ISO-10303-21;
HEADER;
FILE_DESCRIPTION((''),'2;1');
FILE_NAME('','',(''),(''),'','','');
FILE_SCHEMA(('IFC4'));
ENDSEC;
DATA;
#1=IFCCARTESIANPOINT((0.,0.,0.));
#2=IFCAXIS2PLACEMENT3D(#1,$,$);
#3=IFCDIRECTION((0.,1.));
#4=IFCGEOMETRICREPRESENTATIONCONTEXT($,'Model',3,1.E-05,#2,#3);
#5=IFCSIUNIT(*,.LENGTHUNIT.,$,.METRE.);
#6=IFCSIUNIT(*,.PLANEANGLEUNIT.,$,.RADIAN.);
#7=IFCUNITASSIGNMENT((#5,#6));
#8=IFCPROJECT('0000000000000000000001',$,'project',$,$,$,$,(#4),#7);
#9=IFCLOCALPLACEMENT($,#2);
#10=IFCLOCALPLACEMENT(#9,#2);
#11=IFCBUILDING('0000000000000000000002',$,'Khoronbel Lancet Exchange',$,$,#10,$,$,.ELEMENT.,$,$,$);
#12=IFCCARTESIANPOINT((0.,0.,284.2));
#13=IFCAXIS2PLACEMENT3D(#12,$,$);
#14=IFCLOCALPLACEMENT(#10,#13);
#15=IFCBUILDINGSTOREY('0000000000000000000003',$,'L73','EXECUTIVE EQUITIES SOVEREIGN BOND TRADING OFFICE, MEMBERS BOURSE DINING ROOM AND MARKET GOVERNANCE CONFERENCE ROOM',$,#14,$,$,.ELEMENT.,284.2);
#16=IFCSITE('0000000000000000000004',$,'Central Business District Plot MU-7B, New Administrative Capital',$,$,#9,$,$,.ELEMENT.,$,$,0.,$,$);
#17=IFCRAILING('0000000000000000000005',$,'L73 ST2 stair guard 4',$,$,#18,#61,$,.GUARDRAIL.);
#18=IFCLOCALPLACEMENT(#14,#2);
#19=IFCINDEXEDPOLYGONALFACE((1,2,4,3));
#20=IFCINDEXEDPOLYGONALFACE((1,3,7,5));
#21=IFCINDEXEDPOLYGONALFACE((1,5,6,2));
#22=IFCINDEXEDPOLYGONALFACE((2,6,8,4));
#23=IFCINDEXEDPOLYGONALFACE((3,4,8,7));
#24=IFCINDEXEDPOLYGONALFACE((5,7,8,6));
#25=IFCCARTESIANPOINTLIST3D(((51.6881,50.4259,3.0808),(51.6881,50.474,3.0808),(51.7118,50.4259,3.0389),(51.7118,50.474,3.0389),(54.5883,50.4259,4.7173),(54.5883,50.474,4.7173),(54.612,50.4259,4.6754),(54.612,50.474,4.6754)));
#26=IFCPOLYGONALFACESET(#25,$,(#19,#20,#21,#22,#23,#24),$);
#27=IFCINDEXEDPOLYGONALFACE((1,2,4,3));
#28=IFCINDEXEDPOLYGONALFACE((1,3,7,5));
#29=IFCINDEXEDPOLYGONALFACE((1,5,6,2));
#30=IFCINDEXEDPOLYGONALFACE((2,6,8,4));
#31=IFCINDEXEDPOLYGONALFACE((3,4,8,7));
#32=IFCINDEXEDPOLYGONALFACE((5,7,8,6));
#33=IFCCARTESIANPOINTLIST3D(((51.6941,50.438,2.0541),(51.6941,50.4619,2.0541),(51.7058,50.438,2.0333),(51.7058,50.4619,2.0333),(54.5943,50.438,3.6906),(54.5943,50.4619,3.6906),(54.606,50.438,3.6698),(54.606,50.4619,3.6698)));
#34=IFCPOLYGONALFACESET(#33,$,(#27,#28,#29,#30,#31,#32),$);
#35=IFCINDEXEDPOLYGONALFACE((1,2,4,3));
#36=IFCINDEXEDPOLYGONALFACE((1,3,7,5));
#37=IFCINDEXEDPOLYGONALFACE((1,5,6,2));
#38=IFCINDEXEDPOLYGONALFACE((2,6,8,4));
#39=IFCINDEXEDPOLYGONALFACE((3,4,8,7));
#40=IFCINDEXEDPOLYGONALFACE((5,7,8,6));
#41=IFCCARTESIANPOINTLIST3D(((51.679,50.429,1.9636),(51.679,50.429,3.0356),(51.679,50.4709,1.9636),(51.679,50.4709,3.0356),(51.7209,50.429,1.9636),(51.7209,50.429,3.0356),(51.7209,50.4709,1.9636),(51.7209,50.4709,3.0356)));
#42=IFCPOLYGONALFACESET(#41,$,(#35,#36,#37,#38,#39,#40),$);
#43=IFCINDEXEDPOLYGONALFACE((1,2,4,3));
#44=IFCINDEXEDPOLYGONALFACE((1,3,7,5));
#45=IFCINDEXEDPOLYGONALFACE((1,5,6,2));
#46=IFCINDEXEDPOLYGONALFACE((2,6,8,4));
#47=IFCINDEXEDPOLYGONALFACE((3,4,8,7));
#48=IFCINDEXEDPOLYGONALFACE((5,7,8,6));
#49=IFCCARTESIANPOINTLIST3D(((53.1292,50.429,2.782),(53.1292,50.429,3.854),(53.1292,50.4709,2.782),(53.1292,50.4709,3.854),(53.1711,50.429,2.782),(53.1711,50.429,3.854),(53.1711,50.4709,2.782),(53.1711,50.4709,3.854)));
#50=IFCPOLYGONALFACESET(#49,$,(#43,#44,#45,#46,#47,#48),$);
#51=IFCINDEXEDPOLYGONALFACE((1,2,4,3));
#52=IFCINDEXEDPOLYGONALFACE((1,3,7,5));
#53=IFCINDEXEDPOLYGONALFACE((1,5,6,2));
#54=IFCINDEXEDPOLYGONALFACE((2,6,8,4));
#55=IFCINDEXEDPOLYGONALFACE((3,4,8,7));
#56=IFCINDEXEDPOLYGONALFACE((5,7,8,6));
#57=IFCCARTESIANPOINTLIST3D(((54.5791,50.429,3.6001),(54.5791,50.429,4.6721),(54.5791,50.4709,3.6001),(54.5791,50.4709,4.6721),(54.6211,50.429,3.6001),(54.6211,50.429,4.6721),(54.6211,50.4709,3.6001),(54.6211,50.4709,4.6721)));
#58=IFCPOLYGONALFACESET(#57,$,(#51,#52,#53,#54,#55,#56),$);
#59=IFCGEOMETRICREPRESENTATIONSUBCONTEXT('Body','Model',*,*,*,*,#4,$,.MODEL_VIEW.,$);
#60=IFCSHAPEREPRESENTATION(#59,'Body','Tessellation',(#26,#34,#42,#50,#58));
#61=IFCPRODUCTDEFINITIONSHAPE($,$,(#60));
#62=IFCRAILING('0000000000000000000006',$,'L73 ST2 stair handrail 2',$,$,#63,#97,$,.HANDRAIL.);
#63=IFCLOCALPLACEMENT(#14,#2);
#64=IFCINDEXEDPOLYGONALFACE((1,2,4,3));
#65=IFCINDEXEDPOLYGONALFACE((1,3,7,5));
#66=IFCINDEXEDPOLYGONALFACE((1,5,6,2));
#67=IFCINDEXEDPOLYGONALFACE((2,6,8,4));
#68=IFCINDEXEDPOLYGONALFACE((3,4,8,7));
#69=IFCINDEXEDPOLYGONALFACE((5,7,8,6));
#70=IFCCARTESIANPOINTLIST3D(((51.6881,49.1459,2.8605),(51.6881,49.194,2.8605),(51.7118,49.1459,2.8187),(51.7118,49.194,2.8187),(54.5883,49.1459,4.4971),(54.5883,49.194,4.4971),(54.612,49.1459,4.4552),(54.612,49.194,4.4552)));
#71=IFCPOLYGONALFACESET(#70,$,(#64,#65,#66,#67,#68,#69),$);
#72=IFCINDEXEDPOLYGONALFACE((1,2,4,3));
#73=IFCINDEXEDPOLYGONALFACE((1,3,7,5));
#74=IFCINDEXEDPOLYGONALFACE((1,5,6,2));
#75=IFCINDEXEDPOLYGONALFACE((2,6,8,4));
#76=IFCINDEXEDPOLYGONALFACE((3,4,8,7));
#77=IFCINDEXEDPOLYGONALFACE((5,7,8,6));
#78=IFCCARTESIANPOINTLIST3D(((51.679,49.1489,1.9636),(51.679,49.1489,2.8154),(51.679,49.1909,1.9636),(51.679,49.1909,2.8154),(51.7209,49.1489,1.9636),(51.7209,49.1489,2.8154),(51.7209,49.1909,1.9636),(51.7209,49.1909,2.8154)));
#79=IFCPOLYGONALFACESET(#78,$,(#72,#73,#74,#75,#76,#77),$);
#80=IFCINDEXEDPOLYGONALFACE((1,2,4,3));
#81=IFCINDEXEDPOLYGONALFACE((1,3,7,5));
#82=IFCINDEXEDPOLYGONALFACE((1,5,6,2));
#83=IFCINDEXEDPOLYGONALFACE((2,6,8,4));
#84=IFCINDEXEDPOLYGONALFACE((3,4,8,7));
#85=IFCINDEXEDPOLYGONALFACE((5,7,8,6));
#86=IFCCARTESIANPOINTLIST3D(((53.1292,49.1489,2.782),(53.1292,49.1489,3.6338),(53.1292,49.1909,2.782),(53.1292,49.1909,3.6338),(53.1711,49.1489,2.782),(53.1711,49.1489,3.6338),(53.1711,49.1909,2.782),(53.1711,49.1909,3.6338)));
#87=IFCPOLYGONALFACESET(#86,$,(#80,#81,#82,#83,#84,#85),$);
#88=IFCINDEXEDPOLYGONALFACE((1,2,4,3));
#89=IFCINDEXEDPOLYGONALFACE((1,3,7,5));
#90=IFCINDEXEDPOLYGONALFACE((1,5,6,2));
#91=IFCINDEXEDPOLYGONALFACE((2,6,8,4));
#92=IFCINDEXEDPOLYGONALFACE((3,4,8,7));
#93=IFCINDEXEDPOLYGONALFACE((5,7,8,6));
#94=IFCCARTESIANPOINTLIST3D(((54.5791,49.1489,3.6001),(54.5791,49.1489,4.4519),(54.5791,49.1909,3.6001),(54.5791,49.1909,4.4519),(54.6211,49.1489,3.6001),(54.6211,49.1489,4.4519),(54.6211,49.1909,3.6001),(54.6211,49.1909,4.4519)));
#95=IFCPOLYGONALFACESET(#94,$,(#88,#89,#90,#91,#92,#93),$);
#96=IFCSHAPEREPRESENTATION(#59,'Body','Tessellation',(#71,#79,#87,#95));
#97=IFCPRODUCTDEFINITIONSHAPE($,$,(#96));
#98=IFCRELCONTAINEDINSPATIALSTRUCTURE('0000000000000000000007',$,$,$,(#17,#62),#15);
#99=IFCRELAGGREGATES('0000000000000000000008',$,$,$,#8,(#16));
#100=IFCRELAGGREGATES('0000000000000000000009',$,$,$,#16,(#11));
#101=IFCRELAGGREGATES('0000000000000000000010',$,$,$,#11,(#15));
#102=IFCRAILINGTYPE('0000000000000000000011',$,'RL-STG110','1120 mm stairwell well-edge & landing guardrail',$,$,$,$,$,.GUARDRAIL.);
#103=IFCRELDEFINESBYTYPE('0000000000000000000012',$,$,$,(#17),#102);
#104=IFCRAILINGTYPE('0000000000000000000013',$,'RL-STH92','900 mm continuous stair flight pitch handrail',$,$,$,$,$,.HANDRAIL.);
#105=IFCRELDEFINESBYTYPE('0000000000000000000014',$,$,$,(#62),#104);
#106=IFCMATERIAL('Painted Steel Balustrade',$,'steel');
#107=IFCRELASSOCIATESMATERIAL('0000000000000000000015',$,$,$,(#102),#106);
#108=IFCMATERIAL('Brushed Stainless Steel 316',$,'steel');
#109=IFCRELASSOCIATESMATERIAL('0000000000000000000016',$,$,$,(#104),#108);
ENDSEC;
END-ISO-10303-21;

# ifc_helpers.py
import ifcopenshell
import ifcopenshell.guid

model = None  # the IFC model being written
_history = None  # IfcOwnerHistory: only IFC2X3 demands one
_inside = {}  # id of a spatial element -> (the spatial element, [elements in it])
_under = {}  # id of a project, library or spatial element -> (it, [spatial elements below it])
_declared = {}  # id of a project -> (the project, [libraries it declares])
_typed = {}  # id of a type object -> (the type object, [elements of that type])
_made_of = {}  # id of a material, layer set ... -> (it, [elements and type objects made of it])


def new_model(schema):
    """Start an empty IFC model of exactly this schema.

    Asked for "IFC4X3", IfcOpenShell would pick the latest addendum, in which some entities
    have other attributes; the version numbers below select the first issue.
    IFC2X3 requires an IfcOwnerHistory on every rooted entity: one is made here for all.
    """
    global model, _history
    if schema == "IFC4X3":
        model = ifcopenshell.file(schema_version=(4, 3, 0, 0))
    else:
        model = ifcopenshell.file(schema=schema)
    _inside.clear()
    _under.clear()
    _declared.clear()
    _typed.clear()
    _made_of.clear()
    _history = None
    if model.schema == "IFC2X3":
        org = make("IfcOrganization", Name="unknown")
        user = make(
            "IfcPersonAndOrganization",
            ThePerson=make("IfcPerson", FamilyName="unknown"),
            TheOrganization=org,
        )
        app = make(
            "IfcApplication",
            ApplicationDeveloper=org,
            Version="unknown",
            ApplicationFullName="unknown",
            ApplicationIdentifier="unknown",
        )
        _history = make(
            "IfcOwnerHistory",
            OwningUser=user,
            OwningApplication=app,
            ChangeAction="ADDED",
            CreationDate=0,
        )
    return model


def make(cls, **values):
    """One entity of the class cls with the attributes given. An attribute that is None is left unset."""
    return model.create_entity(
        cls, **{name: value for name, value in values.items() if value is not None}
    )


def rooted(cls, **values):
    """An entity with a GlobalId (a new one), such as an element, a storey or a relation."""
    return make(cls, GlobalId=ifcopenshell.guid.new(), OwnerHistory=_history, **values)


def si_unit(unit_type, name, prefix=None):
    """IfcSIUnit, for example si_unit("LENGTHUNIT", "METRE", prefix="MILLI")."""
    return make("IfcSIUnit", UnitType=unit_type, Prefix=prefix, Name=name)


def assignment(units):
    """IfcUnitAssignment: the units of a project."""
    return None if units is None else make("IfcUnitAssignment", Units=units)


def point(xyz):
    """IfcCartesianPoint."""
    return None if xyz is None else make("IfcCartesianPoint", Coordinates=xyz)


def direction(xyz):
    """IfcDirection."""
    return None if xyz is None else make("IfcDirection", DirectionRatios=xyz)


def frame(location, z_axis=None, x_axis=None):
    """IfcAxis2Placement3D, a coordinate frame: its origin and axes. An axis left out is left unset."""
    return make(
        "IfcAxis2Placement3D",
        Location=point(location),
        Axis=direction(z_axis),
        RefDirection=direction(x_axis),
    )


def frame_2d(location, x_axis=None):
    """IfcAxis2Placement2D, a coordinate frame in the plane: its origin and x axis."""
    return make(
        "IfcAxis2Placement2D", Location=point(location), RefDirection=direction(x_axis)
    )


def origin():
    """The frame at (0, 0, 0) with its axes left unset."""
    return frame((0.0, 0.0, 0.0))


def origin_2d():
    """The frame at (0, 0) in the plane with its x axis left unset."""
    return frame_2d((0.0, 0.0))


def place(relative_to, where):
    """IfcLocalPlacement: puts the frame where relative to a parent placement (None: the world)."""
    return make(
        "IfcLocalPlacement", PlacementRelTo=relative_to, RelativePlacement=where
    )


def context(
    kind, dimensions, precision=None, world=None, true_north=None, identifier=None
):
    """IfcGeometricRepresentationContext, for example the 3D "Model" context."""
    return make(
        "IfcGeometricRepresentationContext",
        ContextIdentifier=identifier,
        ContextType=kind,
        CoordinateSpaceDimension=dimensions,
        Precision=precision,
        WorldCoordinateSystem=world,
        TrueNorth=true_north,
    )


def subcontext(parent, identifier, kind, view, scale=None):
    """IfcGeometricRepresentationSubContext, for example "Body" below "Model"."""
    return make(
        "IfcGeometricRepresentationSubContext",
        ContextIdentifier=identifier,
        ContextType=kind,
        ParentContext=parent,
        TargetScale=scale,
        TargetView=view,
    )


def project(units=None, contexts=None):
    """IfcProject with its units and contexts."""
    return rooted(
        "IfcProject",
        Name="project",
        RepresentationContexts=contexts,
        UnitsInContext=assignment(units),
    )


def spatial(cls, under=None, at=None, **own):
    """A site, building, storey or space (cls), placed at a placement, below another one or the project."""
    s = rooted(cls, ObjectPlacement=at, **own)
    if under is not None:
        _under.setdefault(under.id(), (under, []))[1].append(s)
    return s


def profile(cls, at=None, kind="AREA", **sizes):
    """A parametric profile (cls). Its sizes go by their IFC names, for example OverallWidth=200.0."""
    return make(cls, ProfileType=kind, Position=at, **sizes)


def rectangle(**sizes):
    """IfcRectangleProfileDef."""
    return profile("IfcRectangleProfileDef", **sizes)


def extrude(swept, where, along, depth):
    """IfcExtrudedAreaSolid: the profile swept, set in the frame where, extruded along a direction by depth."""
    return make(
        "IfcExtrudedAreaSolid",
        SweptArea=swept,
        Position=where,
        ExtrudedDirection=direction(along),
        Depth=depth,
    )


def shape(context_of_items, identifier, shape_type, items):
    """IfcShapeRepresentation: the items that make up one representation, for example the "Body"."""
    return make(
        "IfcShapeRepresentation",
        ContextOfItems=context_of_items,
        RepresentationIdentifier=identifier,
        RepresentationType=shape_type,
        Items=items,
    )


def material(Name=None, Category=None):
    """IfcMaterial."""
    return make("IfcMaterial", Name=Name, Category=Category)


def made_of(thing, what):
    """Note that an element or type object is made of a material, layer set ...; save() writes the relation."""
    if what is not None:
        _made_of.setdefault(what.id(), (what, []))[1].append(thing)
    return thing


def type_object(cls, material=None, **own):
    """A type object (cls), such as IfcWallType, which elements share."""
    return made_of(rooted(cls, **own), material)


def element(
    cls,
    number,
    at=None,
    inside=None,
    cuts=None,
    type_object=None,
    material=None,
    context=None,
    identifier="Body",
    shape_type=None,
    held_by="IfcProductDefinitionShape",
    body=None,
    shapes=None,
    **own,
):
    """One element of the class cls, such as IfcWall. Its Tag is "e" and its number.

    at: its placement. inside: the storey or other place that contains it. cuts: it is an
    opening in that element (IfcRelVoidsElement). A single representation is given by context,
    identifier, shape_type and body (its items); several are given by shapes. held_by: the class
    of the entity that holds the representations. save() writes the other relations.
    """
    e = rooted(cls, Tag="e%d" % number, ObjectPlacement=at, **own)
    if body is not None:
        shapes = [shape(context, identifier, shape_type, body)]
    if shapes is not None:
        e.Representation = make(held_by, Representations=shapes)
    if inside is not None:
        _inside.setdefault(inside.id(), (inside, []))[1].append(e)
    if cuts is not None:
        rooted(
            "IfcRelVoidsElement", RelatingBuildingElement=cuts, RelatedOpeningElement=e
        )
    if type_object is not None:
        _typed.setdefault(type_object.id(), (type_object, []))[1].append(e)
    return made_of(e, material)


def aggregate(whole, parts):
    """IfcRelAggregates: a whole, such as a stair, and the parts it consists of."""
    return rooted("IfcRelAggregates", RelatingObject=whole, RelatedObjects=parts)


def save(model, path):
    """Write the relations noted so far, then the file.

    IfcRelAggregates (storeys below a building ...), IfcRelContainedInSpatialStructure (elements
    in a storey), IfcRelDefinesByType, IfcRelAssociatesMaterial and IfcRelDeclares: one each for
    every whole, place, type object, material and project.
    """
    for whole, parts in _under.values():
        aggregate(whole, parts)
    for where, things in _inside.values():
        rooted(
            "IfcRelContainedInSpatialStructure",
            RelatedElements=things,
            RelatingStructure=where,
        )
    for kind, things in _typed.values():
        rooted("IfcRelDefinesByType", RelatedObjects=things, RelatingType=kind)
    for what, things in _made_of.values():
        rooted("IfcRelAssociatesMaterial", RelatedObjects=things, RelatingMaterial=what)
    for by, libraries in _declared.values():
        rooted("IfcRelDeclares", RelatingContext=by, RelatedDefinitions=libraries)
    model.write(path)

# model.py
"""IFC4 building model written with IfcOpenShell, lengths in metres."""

from ifc_helpers import new_model, si_unit, direction, frame, origin, origin_2d, place, context, subcontext, project, spatial, rectangle, extrude, material, type_object, element, save


model = new_model("IFC4")

# Units and contexts
model_context = context("Model", 3, precision=1e-05, world=origin(), true_north=direction((0.0, 1.0)))
body_context = subcontext(model_context, "Body", "Model", "MODEL_VIEW")
ifc_project = project(units=[si_unit("LENGTHUNIT", "METRE"), si_unit("PLANEANGLEUNIT", "RADIAN")], contexts=[model_context])

# Site, building, storey
site_placement = place(None, origin())
site = spatial("IfcSite", under=ifc_project, at=site_placement, Name="Central Business District Plot MU-7B, New Administrative Capital", CompositionType="ELEMENT", RefElevation=0.0)
building_placement = place(site_placement, origin())
building = spatial("IfcBuilding", under=site, at=building_placement, Name="Khoronbel Lancet Exchange", CompositionType="ELEMENT")
storey_placement = place(building_placement, frame((0.0, 0.0, 284.2)))
storey = spatial("IfcBuildingStorey", under=building, at=storey_placement, Name="L73", Description="EXECUTIVE EQUITIES SOVEREIGN BOND TRADING OFFICE, MEMBERS BOURSE DINING ROOM AND MARKET GOVERNANCE CONFERENCE ROOM", CompositionType="ELEMENT", Elevation=284.2)

# Railings
ifc_material_1 = material(Name="Painted Steel Balustrade", Category="steel")
railing_type_1 = type_object("IfcRailingType", Name="RL-STG110", Description="1120 mm stairwell well-edge & landing guardrail", PredefinedType="GUARDRAIL", material=ifc_material_1)
railing_1_placement = place(storey_placement, frame((51.7, 50.45, 1.9636)))
element("IfcRailing", 1, at=railing_1_placement, inside=storey, type_object=railing_type_1, Name="L73 ST2 stair guard 4", PredefinedType="GUARDRAIL", context=body_context, shape_type="SweptSolid", body=[
    extrude(rectangle(XDim=0.0481, YDim=0.0481, at=origin_2d()), frame((0.0, 0.0, 1.0962), z_axis=(0.870915, 0.0, 0.491434), x_axis=(0.0, 1.0, 0.0)), (0.0, 0.0, 1.0), 3.3301),
    extrude(rectangle(XDim=0.0239, YDim=0.0239, at=origin_2d()), frame((0.0, 0.0, 0.0801), z_axis=(0.870915, 0.0, 0.491434), x_axis=(0.0, 1.0, 0.0)), (0.0, 0.0, 1.0), 3.3301),
    extrude(rectangle(XDim=0.042, YDim=0.042, at=origin_2d()), origin(), (0.0, 0.0, 1.0), 1.072),
    extrude(rectangle(XDim=0.042, YDim=0.042, at=origin_2d()), frame((1.4502, 0.0, 0.8184)), (0.0, 0.0, 1.0), 1.072),
    extrude(rectangle(XDim=0.042, YDim=0.042, at=origin_2d()), frame((2.9001, 0.0, 1.6365)), (0.0, 0.0, 1.0), 1.072),
])
ifc_material_2 = material(Name="Brushed Stainless Steel 316", Category="steel")
railing_type_2 = type_object("IfcRailingType", Name="RL-STH92", Description="900 mm continuous stair flight pitch handrail", PredefinedType="HANDRAIL", material=ifc_material_2)
railing_2_placement = place(storey_placement, frame((51.7, 49.1699, 1.9636)))
element("IfcRailing", 2, at=railing_2_placement, inside=storey, type_object=railing_type_2, Name="L73 ST2 stair handrail 2", PredefinedType="HANDRAIL", context=body_context, shape_type="SweptSolid", body=[
    extrude(rectangle(XDim=0.0481, YDim=0.0481, at=origin_2d()), frame((0.0, 0.0, 0.876), z_axis=(0.870915, 0.0, 0.491434), x_axis=(0.0, 1.0, 0.0)), (0.0, 0.0, 1.0), 3.3301),
    extrude(rectangle(XDim=0.042, YDim=0.042, at=origin_2d()), origin(), (0.0, 0.0, 1.0), 0.8518),
    extrude(rectangle(XDim=0.042, YDim=0.042, at=origin_2d()), frame((1.4502, 0.0, 0.8184)), (0.0, 0.0, 1.0), 0.8518),
    extrude(rectangle(XDim=0.042, YDim=0.042, at=origin_2d()), frame((2.9001, 0.0, 1.6365)), (0.0, 0.0, 1.0), 0.8518),
])

save(model, "model.ifc")
